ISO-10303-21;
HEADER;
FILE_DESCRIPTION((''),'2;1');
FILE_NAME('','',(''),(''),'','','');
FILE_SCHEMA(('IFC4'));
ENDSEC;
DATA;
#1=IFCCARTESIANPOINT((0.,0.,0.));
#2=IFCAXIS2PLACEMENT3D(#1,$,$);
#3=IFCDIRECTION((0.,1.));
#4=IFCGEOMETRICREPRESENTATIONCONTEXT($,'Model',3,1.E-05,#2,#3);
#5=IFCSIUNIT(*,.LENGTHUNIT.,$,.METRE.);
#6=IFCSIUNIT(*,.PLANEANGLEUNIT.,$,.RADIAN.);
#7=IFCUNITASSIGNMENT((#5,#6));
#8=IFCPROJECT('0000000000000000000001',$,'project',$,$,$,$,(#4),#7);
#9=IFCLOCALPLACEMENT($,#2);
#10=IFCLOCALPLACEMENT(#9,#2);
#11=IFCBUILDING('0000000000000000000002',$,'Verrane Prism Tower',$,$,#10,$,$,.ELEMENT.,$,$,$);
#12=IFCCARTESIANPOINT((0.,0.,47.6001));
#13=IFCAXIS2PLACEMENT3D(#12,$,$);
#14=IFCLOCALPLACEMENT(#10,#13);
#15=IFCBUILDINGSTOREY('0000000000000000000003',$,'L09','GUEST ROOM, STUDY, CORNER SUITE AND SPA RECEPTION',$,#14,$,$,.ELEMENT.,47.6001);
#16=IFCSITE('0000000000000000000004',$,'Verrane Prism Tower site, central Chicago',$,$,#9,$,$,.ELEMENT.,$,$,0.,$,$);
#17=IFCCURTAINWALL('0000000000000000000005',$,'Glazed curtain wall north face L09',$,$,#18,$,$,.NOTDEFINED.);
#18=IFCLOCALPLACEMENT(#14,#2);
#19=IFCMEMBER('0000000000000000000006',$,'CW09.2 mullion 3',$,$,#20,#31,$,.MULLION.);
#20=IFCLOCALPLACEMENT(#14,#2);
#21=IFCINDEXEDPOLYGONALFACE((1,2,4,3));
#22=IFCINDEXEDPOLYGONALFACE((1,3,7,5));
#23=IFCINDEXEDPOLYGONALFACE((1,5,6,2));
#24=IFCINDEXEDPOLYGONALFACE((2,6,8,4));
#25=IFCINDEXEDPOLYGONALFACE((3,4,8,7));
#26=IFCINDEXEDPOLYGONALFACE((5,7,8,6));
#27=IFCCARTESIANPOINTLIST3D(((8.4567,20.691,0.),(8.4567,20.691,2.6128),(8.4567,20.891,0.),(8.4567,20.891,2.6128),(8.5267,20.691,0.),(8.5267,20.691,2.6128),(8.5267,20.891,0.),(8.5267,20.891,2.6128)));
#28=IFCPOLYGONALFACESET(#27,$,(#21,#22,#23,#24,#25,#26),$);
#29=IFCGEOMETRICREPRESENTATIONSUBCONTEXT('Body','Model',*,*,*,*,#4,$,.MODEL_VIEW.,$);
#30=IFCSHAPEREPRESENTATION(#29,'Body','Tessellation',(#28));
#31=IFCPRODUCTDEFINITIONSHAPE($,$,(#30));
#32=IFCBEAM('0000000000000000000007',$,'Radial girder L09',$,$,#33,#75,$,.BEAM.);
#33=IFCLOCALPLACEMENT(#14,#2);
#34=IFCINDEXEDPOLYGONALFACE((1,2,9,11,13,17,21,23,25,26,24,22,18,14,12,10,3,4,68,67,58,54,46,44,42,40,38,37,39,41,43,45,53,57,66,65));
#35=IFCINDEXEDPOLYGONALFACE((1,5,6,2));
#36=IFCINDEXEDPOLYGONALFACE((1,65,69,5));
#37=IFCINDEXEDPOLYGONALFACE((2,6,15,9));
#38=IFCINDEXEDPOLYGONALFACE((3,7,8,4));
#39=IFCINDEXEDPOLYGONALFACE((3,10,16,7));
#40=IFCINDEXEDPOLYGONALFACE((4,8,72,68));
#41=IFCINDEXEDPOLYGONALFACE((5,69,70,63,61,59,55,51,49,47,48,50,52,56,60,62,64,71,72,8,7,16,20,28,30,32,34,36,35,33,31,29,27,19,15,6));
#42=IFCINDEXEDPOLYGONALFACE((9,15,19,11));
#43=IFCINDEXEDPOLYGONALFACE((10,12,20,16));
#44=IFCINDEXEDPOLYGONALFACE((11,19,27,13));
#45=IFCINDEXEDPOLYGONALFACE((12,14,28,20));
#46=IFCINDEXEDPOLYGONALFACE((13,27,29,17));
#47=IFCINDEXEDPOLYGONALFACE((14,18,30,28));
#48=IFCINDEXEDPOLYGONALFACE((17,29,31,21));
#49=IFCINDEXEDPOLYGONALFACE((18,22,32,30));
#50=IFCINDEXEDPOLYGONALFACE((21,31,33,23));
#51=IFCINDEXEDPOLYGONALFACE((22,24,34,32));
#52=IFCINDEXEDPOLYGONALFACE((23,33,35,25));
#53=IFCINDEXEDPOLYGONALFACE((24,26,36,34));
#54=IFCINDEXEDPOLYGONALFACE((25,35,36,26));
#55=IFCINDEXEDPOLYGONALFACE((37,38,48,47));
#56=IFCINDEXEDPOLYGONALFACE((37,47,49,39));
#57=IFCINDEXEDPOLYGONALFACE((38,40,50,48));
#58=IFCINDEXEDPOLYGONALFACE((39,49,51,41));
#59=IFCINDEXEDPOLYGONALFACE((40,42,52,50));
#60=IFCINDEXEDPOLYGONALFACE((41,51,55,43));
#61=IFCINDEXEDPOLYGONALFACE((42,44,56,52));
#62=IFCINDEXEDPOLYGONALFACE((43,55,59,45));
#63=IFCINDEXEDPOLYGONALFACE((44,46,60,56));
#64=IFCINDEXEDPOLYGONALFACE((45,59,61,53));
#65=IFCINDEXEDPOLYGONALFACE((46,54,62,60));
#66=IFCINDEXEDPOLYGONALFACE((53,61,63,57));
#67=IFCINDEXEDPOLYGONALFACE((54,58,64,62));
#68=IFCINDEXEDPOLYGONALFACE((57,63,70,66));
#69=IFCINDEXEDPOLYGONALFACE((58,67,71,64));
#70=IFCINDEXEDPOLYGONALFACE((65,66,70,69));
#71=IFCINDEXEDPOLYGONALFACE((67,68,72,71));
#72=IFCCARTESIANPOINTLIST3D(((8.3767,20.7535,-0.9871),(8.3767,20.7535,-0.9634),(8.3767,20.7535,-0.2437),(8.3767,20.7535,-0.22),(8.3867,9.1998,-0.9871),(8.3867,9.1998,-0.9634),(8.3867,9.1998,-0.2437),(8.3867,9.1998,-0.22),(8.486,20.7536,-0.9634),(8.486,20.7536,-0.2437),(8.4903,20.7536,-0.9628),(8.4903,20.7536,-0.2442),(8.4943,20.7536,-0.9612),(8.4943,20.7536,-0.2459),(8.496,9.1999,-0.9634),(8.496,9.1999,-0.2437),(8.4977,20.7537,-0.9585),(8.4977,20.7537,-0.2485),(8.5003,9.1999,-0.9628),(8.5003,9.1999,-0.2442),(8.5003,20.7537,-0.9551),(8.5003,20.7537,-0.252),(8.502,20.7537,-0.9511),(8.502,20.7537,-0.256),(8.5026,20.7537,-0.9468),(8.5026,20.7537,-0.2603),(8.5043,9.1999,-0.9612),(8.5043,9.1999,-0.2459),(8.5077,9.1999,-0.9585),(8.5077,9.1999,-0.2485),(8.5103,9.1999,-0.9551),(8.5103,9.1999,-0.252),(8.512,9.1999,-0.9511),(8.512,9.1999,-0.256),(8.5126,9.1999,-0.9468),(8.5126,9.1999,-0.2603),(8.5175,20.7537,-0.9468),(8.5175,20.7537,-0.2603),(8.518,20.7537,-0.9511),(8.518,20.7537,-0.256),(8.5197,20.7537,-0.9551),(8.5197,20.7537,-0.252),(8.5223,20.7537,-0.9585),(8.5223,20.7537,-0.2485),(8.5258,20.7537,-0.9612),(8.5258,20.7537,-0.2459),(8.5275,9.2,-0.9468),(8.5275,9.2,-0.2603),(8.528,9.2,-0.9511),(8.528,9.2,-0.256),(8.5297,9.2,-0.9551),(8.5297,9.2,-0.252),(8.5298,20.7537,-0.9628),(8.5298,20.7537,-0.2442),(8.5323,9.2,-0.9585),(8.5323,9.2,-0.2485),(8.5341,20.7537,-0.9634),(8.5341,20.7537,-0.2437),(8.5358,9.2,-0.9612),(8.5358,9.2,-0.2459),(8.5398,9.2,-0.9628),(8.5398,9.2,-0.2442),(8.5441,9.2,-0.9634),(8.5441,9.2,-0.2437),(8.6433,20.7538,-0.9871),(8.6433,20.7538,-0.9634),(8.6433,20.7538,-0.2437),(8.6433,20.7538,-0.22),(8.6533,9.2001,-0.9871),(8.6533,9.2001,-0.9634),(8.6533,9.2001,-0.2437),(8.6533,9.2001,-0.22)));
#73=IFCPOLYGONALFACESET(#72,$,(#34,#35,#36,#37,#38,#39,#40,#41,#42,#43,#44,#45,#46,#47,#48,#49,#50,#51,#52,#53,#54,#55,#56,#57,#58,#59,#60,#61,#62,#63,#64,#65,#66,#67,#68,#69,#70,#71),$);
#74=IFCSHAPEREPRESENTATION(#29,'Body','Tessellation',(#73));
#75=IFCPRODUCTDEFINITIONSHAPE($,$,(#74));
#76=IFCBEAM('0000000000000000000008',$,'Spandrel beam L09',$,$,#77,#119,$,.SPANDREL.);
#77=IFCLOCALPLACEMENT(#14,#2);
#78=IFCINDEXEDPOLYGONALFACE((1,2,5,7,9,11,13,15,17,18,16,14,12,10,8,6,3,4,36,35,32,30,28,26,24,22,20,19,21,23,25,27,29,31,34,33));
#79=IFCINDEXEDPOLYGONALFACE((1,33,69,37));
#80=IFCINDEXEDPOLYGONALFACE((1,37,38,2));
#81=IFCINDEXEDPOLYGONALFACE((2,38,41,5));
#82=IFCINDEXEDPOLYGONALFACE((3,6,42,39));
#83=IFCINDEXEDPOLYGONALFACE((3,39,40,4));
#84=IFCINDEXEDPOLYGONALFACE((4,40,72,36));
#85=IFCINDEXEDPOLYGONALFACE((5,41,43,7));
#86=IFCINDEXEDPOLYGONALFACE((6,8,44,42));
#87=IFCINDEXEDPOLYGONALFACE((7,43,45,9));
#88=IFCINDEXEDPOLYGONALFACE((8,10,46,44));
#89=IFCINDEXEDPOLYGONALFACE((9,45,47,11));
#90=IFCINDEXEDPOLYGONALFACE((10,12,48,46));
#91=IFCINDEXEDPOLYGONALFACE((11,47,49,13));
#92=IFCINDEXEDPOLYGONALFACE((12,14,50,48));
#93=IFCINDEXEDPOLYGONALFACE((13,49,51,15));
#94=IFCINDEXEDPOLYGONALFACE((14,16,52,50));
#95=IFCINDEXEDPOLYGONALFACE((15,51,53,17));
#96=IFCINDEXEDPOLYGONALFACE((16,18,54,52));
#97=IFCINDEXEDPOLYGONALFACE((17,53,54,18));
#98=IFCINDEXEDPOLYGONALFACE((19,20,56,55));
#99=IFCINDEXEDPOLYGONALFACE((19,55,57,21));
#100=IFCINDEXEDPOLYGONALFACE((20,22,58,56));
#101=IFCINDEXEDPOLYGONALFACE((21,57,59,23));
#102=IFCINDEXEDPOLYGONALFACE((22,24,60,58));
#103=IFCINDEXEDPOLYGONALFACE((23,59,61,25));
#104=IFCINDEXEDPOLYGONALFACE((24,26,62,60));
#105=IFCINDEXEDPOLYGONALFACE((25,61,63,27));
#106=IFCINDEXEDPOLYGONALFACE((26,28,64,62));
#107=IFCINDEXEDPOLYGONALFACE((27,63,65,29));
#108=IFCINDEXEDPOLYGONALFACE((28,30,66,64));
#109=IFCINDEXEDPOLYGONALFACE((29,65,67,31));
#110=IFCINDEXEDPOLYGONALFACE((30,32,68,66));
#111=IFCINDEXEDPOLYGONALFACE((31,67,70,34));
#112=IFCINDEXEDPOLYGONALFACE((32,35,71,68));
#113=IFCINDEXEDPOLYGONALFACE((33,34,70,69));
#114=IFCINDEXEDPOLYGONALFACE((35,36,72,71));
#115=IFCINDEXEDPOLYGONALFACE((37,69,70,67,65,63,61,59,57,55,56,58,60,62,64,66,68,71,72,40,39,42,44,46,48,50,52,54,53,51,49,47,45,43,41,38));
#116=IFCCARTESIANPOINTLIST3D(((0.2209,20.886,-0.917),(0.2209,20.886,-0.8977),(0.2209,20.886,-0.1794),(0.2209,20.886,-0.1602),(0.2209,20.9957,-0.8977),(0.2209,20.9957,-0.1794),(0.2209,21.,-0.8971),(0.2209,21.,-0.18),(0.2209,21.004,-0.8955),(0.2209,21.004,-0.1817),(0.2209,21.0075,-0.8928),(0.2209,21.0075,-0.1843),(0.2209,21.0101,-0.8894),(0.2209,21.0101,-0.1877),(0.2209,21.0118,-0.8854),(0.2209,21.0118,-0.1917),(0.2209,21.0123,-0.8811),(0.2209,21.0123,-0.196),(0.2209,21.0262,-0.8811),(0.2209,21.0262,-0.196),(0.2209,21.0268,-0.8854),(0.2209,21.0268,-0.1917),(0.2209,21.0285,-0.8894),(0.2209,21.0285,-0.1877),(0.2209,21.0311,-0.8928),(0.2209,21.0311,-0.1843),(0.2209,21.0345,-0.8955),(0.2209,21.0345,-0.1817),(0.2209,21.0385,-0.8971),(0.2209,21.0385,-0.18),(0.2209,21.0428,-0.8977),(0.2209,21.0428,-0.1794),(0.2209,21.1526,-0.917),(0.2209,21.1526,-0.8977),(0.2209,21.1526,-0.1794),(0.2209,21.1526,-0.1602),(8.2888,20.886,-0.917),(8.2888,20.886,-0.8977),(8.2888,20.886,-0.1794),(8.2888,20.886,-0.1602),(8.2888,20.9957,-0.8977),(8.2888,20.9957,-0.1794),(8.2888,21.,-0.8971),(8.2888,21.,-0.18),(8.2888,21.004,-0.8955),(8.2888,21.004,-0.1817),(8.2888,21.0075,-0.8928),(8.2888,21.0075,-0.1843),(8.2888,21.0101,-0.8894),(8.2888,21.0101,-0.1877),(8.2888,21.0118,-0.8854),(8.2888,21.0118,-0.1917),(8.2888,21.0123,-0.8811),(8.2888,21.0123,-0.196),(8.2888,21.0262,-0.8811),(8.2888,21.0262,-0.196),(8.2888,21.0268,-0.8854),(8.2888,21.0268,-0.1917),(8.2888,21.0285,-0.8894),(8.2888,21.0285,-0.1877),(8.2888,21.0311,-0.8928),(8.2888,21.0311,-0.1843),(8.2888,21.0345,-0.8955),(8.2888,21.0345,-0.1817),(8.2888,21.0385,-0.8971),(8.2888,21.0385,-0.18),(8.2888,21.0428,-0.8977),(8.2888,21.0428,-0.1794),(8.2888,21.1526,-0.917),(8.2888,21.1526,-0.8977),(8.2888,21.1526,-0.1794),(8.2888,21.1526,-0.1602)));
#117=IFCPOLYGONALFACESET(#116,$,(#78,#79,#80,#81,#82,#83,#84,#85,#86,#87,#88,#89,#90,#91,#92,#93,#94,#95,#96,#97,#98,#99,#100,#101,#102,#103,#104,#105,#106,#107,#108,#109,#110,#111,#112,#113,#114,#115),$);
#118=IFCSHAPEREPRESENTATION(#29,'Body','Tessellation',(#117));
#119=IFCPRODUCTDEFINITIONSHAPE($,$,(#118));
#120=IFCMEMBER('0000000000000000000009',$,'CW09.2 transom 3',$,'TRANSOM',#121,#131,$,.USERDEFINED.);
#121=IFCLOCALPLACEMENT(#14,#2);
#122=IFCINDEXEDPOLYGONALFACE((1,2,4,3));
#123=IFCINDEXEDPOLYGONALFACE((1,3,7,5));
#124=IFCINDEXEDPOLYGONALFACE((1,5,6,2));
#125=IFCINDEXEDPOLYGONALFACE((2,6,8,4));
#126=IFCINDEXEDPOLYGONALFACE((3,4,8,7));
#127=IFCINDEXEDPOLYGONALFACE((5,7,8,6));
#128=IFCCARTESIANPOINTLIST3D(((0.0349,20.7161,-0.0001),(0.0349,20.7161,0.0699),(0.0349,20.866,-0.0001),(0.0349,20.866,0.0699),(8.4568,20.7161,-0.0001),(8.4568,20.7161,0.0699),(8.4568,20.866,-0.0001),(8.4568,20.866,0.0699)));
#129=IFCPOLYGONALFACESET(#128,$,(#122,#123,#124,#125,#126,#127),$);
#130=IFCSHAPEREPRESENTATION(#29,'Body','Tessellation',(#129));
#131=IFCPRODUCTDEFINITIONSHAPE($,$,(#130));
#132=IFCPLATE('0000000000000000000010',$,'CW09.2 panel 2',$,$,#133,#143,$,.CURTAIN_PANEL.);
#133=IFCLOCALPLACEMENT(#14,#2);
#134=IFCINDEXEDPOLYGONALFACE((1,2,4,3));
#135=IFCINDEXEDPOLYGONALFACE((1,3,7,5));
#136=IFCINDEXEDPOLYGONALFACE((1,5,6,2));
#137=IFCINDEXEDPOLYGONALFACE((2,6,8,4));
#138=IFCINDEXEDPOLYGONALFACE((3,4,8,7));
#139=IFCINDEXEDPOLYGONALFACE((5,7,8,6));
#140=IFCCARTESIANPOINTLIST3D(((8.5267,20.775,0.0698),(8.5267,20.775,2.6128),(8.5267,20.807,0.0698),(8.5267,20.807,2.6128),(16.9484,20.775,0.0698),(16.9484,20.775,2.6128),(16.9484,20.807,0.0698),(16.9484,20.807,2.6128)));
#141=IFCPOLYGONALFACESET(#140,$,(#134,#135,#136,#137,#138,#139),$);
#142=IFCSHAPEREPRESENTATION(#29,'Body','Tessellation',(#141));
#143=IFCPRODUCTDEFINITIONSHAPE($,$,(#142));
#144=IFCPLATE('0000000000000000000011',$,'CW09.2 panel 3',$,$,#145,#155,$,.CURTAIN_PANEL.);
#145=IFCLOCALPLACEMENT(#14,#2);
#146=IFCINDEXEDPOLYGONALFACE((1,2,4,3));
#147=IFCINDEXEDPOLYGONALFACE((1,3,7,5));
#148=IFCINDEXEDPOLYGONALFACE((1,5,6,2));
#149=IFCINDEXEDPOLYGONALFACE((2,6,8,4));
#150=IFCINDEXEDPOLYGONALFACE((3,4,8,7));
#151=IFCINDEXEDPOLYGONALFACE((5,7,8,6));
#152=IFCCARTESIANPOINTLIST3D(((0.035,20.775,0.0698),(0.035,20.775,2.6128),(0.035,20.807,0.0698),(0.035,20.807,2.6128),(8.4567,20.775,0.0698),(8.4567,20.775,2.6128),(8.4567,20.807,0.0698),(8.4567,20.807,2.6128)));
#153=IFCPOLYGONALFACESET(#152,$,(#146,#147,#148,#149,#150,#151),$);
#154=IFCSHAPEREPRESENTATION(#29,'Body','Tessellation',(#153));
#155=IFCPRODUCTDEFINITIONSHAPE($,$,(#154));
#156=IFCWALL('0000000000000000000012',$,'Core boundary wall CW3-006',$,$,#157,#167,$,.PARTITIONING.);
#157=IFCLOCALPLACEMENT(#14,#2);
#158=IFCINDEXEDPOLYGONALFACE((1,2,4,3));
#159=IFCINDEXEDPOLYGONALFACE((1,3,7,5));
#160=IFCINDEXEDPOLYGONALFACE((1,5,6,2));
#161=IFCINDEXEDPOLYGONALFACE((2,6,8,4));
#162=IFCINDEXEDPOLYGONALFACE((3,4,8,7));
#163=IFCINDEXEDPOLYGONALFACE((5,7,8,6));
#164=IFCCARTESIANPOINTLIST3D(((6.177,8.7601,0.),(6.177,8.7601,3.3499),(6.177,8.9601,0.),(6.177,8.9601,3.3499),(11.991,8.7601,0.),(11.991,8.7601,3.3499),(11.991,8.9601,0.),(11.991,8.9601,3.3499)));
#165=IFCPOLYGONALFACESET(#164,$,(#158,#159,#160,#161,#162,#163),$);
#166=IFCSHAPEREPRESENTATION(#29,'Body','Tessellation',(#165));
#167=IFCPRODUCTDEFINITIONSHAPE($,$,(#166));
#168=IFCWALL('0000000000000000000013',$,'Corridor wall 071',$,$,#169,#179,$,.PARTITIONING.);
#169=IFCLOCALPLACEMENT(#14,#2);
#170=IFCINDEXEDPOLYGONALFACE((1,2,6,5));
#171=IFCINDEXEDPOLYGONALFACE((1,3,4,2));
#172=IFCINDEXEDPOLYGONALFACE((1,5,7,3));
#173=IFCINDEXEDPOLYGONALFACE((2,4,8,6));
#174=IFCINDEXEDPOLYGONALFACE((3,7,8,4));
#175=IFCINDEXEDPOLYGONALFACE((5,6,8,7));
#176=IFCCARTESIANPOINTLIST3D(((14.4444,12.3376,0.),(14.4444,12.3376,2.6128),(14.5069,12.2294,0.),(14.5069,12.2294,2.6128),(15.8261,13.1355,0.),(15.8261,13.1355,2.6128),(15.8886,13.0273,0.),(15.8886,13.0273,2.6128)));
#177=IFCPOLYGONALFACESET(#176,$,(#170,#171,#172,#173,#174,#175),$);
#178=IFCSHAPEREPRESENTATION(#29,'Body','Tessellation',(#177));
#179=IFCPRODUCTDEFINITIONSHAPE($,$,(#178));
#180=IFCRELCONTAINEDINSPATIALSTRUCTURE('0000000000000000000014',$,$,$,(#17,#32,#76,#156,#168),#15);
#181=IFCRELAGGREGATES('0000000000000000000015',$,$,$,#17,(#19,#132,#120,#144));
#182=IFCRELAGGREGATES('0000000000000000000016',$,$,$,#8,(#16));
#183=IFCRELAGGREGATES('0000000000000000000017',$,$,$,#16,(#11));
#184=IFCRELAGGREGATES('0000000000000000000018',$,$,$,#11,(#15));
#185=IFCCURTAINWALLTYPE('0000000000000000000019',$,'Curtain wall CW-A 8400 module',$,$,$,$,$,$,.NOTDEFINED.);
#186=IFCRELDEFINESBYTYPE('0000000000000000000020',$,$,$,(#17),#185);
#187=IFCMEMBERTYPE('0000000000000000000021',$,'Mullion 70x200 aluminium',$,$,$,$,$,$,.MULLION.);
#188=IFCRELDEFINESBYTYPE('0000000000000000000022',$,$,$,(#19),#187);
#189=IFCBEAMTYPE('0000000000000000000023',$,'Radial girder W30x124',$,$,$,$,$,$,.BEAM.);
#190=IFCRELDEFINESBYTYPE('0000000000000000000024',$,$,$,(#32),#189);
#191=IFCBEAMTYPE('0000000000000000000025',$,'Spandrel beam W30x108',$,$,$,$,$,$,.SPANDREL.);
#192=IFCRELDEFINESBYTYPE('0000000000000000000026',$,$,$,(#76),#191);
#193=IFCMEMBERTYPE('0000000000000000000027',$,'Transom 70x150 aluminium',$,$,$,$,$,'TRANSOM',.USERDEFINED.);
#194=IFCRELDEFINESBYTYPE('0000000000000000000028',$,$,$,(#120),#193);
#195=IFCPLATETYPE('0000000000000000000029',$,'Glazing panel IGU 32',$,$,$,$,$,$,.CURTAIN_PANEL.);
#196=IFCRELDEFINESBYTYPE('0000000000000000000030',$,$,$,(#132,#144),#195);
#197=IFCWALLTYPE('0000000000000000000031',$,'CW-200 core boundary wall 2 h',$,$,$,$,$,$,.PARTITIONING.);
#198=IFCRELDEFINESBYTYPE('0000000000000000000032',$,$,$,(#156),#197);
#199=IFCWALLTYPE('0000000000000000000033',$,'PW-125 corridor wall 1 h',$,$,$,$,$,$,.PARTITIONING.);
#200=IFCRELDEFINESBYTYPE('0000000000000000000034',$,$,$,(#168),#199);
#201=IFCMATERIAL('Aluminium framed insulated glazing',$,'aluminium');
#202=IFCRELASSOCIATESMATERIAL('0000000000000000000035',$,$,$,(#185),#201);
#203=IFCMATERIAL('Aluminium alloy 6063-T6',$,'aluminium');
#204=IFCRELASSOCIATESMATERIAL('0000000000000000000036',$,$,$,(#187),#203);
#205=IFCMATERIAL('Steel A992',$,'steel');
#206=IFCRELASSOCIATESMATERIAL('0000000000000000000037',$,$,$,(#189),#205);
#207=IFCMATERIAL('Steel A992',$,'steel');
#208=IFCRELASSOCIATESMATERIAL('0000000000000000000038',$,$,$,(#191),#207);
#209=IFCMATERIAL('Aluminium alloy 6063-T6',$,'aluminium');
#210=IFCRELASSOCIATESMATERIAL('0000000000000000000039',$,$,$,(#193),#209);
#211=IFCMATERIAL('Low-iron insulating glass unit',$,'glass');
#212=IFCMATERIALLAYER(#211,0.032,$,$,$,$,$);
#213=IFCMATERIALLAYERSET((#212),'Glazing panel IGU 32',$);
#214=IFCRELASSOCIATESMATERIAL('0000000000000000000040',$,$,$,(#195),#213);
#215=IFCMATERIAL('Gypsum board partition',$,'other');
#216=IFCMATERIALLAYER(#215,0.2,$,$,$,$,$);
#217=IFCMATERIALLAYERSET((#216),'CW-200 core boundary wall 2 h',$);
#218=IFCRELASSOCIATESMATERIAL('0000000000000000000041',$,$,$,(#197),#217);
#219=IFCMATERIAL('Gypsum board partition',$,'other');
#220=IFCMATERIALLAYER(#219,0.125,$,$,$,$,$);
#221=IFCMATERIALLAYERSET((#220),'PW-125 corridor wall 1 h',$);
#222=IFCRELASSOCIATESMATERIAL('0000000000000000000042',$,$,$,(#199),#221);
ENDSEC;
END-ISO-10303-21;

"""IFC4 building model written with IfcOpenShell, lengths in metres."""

from ifc_helpers import new_model, si_unit, direction, frame, frame_2d, origin, origin_2d, place, context, subcontext, project, spatial, rectangle, i_section, extrude, material, layer, layer_set, material_profile, profile_set, type_object, element, aggregate, save


model = new_model("IFC4")

# Units and contexts
model_context = context("Model", 3, precision=1e-05, world=origin(), true_north=direction((0.0, 1.0)))
body_context = subcontext(model_context, "Body", "Model", "MODEL_VIEW")
ifc_project = project(units=[si_unit("LENGTHUNIT", "METRE"), si_unit("PLANEANGLEUNIT", "RADIAN")], contexts=[model_context])

# Site, building, storey
site_placement = place(None, origin())
site = spatial("IfcSite", under=ifc_project, at=site_placement, Name="Verrane Prism Tower site, central Chicago", CompositionType="ELEMENT", RefElevation=0.0)
building_placement = place(site_placement, origin())
building = spatial("IfcBuilding", under=site, at=building_placement, Name="Verrane Prism Tower", CompositionType="ELEMENT")
storey_placement = place(building_placement, frame((0.0, 0.0, 47.6001)))
storey = spatial("IfcBuildingStorey", under=building, at=storey_placement, Name="L09", Description="GUEST ROOM, STUDY, CORNER SUITE AND SPA RECEPTION", CompositionType="ELEMENT", Elevation=47.6001)

# Curtain wall, member
ifc_material_1 = material(Name="Aluminium framed insulated glazing", Category="aluminium")
curtain_wall_type = type_object("IfcCurtainWallType", Name="Curtain wall CW-A 8400 module", PredefinedType="NOTDEFINED", material=ifc_material_1)
curtain_wall_placement = place(storey_placement, origin())
curtain_wall = element("IfcCurtainWall", 1, at=curtain_wall_placement, inside=storey, type_object=curtain_wall_type, Name="Glazed curtain wall north face L09", PredefinedType="NOTDEFINED")
ifc_material_2 = material(Name="Aluminium alloy 6063-T6", Category="aluminium")
ifc_material_profile_1 = material_profile(ifc_material_2, rectangle(XDim=0.2, YDim=0.0701, at=origin_2d()), Name="Mullion 70x200 aluminium")
ifc_profile_set_1 = profile_set([ifc_material_profile_1], Name="Aluminium alloy 6063-T6")
member_type_1 = type_object("IfcMemberType", Name="Mullion 70x200 aluminium", PredefinedType="MULLION", material=ifc_profile_set_1)
member_1_placement = place(storey_placement, frame((8.4917, 20.791, 0.0), z_axis=(0.0, 0.0, 1.0), x_axis=(0.0, -1.0, 0.0)))
member_1 = element("IfcMember", 2, at=member_1_placement, type_object=member_type_1, Name="CW09.2 mullion 3", PredefinedType="MULLION", context=body_context, shape_type="SweptSolid", body=[
    extrude(rectangle(XDim=0.2, YDim=0.0701, at=origin_2d()), origin(), (0.0, 0.0, 1.0), 2.6128),
])

# Beams
ifc_material_3 = material(Name="Steel A992", Category="steel")
ifc_material_profile_2 = material_profile(ifc_material_3, i_section(OverallWidth=0.2666, OverallDepth=0.7671, WebThickness=0.0149, FlangeThickness=0.0237, FilletRadius=0.0166, at=origin_2d()), Name="W30x124")
ifc_profile_set_2 = profile_set([ifc_material_profile_2], Name="Steel A992")
beam_type_1 = type_object("IfcBeamType", Name="Radial girder W30x124", PredefinedType="BEAM", material=ifc_profile_set_2)
beam_1_placement = place(storey_placement, frame((8.51, 20.7537, -0.6035), z_axis=(0.000866, -1.0, 0.0), x_axis=(1.0, 0.000866, 0.0)))
element("IfcBeam", 3, at=beam_1_placement, inside=storey, type_object=beam_type_1, Name="Radial girder L09", PredefinedType="BEAM", context=body_context, shape_type="SweptSolid", body=[
    extrude(i_section(OverallWidth=0.2666, OverallDepth=0.7671, WebThickness=0.0149, FlangeThickness=0.0237, FilletRadius=0.0166, at=origin_2d()), origin(), (0.0, 0.0, 1.0), 11.5537),
])
ifc_material_4 = material(Name="Steel A992", Category="steel")
ifc_material_profile_3 = material_profile(ifc_material_4, i_section(OverallWidth=0.2666, OverallDepth=0.7568, WebThickness=0.0139, FlangeThickness=0.0193, FilletRadius=0.0166, at=origin_2d()), Name="W30x108")
ifc_profile_set_3 = profile_set([ifc_material_profile_3], Name="Steel A992")
beam_type_2 = type_object("IfcBeamType", Name="Spandrel beam W30x108", PredefinedType="SPANDREL", material=ifc_profile_set_3)
beam_2_placement = place(storey_placement, frame((8.2888, 21.0193, -0.5386), z_axis=(-1.0, 0.0, 0.0), x_axis=(0.0, -1.0, 0.0)))
element("IfcBeam", 4, at=beam_2_placement, inside=storey, type_object=beam_type_2, Name="Spandrel beam L09", PredefinedType="SPANDREL", context=body_context, shape_type="SweptSolid", body=[
    extrude(i_section(OverallWidth=0.2666, OverallDepth=0.7568, WebThickness=0.0139, FlangeThickness=0.0193, FilletRadius=0.0166, at=origin_2d()), origin(), (0.0, 0.0, 1.0), 8.0679),
])

# Member
ifc_material_5 = material(Name="Aluminium alloy 6063-T6", Category="aluminium")
ifc_material_profile_4 = material_profile(ifc_material_5, rectangle(XDim=0.1499, YDim=0.0701, at=origin_2d()), Name="Transom 70x150 aluminium")
ifc_profile_set_4 = profile_set([ifc_material_profile_4], Name="Aluminium alloy 6063-T6")
member_type_2 = type_object("IfcMemberType", Name="Transom 70x150 aluminium", ElementType="TRANSOM", PredefinedType="USERDEFINED", material=ifc_profile_set_4)
member_2_placement = place(storey_placement, frame((8.4568, 20.791, 0.0349), z_axis=(-1.0, 0.0, 0.0), x_axis=(0.0, -1.0, 0.0)))
member_2 = element("IfcMember", 5, at=member_2_placement, type_object=member_type_2, Name="CW09.2 transom 3", ObjectType="TRANSOM", PredefinedType="USERDEFINED", context=body_context, shape_type="SweptSolid", body=[
    extrude(rectangle(XDim=0.1499, YDim=0.0701, at=origin_2d()), origin(), (0.0, 0.0, 1.0), 8.4219),
])

# Plates
ifc_material_6 = material(Name="Low-iron insulating glass unit", Category="glass")
ifc_layer_1 = layer(ifc_material_6, 0.032)
ifc_layer_set_1 = layer_set([ifc_layer_1], Name="Glazing panel IGU 32")
plate_type = type_object("IfcPlateType", Name="Glazing panel IGU 32", PredefinedType="CURTAIN_PANEL", material=ifc_layer_set_1)
plate_1_placement = place(storey_placement, frame((12.7375, 20.791, 0.0698), z_axis=(0.0, 0.0, 1.0), x_axis=(-1.0, 0.0, 0.0)))
plate_1 = element("IfcPlate", 6, at=plate_1_placement, type_object=plate_type, Name="CW09.2 panel 2", PredefinedType="CURTAIN_PANEL", context=body_context, shape_type="SweptSolid", body=[
    extrude(rectangle(XDim=8.4216, YDim=0.032, at=origin_2d()), origin(), (0.0, 0.0, 1.0), 2.543),
])
plate_2_placement = place(storey_placement, frame((4.2458, 20.791, 0.0698), z_axis=(0.0, 0.0, 1.0), x_axis=(-1.0, 0.0, 0.0)))
plate_2 = element("IfcPlate", 7, at=plate_2_placement, type_object=plate_type, Name="CW09.2 panel 3", PredefinedType="CURTAIN_PANEL", context=body_context, shape_type="SweptSolid", body=[
    extrude(rectangle(XDim=8.4216, YDim=0.032, at=origin_2d()), origin(), (0.0, 0.0, 1.0), 2.543),
])
aggregate(curtain_wall, [member_1, plate_1, member_2, plate_2])

# Walls
ifc_material_7 = material(Name="Gypsum board partition", Category="other")
ifc_layer_2 = layer(ifc_material_7, 0.2)
ifc_layer_set_2 = layer_set([ifc_layer_2], Name="CW-200 core boundary wall 2 h")
wall_type_1 = type_object("IfcWallType", Name="CW-200 core boundary wall 2 h", PredefinedType="PARTITIONING", material=ifc_layer_set_2)
wall_1_placement = place(storey_placement, frame((6.177, 8.8601, 0.0), z_axis=(0.0, 0.0, 1.0), x_axis=(1.0, 0.0, 0.0)))
element("IfcWall", 8, at=wall_1_placement, inside=storey, type_object=wall_type_1, Name="Core boundary wall CW3-006", PredefinedType="PARTITIONING", context=body_context, shape_type="SweptSolid", body=[
    extrude(rectangle(XDim=5.814, YDim=0.2, at=frame_2d((2.907, 0.0))), origin(), (0.0, 0.0, 1.0), 3.3499),
])
ifc_material_8 = material(Name="Gypsum board partition", Category="other")
ifc_layer_3 = layer(ifc_material_8, 0.125)
ifc_layer_set_3 = layer_set([ifc_layer_3], Name="PW-125 corridor wall 1 h")
wall_type_2 = type_object("IfcWallType", Name="PW-125 corridor wall 1 h", PredefinedType="PARTITIONING", material=ifc_layer_set_3)
wall_2_placement = place(storey_placement, frame((14.4756, 12.2834, 0.0), z_axis=(0.0, 0.0, 1.0), x_axis=(0.865974, 0.500089, 0.0)))
element("IfcWall", 9, at=wall_2_placement, inside=storey, type_object=wall_type_2, Name="Corridor wall 071", PredefinedType="PARTITIONING", context=body_context, shape_type="SweptSolid", body=[
    extrude(rectangle(XDim=1.5955, YDim=0.125, at=frame_2d((0.7979, 0.0))), origin(), (0.0, 0.0, 1.0), 2.6128),
])

save(model, "model.ifc")
